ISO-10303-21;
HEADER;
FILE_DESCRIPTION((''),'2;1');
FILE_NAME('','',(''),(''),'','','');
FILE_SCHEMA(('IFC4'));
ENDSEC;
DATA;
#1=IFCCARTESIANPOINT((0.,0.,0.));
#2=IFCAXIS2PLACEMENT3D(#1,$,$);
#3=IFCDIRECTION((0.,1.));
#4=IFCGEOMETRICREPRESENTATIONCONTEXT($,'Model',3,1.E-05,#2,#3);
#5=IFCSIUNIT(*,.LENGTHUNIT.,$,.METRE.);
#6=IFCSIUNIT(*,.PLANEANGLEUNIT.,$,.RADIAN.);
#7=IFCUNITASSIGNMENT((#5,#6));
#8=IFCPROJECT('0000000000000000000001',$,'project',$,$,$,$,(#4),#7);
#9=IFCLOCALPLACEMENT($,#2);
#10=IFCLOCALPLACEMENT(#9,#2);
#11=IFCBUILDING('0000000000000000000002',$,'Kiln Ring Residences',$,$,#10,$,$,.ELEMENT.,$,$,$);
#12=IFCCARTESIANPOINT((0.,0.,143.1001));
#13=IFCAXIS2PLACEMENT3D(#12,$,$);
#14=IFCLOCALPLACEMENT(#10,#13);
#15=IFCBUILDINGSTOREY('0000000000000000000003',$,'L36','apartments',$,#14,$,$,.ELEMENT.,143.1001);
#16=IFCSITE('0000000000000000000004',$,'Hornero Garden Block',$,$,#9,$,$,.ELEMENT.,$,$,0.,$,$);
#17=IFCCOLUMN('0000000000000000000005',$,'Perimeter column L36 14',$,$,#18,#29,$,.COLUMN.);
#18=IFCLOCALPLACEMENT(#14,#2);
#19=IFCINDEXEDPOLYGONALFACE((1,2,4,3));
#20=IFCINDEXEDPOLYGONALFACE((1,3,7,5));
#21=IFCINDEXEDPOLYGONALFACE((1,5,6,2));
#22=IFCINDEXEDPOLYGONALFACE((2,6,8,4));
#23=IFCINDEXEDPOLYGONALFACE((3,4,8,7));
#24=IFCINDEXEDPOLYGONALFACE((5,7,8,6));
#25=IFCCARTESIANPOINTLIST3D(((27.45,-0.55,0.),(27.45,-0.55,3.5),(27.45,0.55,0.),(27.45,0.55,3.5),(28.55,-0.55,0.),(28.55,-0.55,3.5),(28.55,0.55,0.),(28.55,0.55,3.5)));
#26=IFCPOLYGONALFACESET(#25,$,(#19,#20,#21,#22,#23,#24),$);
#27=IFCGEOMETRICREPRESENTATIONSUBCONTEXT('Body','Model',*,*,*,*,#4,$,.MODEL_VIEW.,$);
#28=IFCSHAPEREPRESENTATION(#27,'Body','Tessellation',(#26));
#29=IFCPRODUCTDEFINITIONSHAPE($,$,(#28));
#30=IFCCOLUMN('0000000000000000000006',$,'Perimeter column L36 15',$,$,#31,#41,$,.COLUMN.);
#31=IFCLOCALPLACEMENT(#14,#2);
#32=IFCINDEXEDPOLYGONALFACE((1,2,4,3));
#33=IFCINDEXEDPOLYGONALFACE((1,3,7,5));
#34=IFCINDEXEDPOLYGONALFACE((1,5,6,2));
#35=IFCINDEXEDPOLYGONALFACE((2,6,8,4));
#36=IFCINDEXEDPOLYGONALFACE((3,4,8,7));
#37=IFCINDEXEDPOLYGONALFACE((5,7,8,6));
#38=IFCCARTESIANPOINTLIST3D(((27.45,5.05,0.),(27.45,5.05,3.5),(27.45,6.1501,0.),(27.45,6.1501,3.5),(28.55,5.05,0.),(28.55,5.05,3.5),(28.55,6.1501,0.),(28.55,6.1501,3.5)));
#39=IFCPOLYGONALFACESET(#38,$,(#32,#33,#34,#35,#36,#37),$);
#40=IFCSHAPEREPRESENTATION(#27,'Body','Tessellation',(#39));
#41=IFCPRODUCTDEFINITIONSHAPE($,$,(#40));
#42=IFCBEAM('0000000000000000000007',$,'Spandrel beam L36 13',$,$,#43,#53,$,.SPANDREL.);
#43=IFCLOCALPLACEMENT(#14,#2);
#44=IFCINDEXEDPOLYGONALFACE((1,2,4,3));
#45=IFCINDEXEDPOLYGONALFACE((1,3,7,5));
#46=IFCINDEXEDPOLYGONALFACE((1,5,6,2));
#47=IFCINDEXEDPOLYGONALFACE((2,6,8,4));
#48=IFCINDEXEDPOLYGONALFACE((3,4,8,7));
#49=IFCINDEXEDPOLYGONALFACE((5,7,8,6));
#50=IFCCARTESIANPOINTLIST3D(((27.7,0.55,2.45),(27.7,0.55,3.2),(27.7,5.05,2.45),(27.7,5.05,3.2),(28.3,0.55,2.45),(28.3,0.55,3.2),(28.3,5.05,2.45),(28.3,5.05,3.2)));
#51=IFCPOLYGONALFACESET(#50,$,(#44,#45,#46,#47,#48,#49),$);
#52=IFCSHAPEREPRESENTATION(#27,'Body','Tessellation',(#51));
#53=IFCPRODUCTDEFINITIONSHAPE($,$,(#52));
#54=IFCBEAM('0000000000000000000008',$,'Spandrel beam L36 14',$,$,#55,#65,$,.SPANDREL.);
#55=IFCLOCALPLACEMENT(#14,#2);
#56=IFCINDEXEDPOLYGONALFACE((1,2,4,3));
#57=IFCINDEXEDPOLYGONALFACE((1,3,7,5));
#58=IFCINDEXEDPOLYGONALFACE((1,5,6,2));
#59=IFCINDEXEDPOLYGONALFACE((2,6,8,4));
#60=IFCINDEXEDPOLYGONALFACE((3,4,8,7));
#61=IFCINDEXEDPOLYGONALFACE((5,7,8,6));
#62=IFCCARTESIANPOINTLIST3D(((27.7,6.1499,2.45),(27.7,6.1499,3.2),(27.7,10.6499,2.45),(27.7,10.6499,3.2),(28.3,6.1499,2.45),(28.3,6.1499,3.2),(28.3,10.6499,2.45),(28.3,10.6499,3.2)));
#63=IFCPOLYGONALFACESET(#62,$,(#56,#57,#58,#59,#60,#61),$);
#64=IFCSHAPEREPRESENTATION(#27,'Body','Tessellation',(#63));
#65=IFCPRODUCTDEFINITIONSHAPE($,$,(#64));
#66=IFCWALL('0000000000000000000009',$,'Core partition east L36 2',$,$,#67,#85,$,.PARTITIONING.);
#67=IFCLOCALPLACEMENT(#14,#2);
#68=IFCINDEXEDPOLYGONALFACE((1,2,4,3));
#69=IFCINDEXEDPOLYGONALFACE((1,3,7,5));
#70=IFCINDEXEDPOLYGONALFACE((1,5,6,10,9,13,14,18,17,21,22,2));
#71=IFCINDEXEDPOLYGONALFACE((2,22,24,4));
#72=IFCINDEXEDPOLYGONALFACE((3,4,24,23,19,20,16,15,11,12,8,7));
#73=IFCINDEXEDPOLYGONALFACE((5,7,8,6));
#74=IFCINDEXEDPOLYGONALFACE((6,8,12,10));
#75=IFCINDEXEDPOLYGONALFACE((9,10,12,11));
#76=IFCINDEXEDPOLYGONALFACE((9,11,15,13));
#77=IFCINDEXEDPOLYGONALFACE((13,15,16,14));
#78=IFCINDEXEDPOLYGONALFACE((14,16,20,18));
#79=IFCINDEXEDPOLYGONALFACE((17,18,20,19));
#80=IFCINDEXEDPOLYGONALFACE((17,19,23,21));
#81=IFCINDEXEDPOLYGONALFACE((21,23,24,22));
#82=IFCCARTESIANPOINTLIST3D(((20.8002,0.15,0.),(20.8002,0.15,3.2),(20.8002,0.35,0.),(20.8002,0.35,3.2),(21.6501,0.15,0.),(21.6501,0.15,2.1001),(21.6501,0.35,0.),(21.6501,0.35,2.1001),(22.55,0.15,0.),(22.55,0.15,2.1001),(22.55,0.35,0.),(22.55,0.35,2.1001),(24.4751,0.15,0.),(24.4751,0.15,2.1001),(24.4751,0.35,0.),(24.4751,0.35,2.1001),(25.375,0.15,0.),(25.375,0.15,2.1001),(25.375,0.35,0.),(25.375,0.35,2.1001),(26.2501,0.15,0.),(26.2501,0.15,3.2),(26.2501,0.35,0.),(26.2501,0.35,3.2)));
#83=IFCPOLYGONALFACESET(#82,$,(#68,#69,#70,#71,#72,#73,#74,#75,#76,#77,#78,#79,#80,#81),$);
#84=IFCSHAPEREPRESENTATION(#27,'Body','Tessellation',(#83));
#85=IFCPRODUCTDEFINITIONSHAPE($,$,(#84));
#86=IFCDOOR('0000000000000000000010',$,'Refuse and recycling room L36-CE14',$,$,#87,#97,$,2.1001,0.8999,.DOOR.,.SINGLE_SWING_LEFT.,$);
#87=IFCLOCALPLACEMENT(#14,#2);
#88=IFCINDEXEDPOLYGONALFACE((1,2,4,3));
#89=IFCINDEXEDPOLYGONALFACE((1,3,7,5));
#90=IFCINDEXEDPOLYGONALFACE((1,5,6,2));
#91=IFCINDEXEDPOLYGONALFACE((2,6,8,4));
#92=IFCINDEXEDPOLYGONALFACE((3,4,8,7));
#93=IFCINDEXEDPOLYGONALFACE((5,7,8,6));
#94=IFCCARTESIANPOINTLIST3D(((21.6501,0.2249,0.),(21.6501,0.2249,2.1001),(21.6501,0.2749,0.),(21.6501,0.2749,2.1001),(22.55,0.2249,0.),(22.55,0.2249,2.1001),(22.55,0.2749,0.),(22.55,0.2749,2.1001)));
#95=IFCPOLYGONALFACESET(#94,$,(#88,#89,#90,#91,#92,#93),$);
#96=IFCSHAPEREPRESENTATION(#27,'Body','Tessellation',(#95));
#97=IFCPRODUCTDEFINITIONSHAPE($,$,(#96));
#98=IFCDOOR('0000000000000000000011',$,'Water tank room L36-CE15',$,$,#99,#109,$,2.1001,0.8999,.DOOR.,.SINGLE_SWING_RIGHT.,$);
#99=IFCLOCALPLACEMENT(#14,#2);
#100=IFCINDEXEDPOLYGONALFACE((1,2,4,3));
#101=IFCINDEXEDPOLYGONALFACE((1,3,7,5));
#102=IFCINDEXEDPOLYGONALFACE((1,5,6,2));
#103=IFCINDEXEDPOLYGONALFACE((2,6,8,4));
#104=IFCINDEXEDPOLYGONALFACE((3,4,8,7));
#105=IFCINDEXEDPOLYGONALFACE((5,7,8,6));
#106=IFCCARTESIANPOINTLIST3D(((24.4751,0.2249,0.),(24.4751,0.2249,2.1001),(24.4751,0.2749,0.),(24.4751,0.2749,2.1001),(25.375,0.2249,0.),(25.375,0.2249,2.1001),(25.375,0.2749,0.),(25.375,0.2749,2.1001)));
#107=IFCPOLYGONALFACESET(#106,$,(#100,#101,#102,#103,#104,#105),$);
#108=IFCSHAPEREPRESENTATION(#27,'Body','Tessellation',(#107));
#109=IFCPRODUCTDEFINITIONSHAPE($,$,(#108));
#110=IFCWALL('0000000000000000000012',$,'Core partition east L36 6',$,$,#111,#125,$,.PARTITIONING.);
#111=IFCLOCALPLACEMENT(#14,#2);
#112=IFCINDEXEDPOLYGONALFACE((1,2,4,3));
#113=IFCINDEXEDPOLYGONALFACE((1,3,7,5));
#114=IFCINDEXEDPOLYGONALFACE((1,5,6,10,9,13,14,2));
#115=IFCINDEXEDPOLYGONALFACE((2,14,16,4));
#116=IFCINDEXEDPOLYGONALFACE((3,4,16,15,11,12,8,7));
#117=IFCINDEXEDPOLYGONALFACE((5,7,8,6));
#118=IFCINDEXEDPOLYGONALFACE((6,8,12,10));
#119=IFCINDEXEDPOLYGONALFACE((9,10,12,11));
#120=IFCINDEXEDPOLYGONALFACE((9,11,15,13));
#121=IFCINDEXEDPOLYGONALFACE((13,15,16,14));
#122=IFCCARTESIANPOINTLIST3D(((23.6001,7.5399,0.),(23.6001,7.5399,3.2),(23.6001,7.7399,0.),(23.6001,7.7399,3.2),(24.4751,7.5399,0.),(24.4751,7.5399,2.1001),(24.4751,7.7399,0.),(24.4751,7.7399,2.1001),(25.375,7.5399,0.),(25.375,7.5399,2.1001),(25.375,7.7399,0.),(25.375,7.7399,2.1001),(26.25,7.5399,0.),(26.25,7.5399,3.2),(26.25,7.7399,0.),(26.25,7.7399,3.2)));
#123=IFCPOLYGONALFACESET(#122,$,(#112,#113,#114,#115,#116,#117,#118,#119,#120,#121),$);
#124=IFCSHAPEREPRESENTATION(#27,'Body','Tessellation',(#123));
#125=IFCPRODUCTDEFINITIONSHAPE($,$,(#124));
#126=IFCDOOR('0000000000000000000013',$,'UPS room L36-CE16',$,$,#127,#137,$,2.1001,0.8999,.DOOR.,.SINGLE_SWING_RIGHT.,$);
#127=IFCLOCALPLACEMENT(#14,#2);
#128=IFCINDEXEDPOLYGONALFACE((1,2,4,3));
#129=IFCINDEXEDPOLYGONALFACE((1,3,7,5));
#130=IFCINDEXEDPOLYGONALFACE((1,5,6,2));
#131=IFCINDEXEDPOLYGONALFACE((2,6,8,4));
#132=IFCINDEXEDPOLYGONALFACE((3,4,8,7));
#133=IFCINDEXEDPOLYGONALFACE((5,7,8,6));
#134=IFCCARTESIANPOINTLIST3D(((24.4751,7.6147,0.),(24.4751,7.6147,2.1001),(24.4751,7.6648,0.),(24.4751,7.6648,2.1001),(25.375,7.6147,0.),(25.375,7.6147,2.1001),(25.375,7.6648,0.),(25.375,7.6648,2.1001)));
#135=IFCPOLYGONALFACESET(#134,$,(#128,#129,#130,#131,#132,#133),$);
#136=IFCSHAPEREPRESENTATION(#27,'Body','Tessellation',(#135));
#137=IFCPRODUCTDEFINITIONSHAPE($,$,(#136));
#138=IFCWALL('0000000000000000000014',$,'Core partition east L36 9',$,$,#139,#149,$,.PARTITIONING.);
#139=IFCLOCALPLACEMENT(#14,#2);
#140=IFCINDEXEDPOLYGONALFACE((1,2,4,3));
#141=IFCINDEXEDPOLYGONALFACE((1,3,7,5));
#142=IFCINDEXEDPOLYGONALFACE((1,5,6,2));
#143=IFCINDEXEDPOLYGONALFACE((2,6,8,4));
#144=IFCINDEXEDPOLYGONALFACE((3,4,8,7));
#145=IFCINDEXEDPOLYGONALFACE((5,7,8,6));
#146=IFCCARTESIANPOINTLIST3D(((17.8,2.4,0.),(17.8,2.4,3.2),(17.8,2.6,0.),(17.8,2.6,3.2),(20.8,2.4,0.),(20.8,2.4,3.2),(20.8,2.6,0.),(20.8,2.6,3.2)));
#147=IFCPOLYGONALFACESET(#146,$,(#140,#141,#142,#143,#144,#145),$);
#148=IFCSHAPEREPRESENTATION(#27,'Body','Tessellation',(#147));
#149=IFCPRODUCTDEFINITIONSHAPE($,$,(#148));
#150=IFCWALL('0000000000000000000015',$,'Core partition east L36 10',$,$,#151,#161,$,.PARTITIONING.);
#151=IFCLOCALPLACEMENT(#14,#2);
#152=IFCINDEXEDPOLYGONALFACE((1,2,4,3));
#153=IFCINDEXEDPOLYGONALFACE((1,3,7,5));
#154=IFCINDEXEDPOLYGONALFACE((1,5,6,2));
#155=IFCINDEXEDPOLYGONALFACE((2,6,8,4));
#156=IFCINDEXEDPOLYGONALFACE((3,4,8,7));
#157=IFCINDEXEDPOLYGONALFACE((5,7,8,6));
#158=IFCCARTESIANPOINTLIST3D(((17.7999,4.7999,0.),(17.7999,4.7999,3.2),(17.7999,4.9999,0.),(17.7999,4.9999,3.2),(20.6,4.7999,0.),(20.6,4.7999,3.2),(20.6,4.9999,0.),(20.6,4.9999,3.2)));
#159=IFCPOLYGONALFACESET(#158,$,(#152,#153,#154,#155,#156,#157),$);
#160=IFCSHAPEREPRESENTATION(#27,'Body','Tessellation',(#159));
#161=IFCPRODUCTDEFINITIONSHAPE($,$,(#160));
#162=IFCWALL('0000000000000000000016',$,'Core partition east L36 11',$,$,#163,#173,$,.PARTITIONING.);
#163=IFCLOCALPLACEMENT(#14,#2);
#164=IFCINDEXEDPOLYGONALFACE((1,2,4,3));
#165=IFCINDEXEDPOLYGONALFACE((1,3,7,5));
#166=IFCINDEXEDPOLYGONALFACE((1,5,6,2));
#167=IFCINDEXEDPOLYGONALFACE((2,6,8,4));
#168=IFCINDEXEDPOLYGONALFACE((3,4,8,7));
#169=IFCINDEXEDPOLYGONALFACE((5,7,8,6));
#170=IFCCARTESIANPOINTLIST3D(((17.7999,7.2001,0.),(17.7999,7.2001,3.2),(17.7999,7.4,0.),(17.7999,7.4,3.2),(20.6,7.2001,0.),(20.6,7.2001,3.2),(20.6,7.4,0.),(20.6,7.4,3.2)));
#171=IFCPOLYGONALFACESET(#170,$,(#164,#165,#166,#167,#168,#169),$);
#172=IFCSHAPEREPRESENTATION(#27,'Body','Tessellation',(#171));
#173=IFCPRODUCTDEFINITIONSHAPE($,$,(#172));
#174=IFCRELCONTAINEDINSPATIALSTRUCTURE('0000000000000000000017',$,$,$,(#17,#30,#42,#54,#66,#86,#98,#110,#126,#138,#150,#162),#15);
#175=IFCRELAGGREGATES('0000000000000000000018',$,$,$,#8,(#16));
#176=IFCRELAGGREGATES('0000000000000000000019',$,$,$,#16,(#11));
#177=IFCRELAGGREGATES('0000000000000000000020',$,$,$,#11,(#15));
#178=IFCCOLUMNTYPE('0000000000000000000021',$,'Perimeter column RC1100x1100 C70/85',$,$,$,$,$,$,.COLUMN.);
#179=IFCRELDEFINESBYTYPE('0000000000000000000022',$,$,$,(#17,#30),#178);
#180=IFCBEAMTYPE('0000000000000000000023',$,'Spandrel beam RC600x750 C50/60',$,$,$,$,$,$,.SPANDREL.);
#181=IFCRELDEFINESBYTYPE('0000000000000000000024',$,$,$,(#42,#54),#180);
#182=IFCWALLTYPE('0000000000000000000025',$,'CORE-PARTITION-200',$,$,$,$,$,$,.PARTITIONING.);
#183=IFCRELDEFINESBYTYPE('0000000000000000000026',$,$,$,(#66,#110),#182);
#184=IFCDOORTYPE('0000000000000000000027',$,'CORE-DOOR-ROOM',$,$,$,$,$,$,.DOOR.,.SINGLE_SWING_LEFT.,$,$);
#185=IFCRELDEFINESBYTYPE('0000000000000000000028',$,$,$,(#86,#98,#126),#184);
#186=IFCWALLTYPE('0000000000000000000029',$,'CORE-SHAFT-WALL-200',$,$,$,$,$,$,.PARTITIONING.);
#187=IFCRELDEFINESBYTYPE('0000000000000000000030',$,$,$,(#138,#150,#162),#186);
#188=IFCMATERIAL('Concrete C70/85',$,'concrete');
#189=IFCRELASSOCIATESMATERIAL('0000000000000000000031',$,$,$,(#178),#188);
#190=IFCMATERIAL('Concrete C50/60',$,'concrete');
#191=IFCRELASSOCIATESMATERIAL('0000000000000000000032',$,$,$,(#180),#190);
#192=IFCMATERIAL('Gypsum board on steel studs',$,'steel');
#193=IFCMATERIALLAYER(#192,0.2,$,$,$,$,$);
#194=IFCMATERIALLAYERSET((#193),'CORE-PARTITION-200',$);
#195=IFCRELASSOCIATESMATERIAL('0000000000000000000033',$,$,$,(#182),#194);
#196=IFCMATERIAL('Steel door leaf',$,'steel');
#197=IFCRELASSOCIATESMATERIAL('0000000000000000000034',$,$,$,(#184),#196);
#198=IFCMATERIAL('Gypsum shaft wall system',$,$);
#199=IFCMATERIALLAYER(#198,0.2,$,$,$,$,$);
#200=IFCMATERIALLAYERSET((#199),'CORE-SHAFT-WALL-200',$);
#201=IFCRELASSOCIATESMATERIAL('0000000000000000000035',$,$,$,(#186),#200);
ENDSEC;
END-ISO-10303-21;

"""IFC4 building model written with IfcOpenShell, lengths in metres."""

from ifc_helpers import new_model, si_unit, direction, frame, frame_2d, origin, origin_2d, place, context, subcontext, project, spatial, rectangle, extrude, material, layer, layer_set, material_profile, profile_set, type_object, element, fill, save


model = new_model("IFC4")

# Units and contexts
model_context = context("Model", 3, precision=1e-05, world=origin(), true_north=direction((0.0, 1.0)))
body_context = subcontext(model_context, "Body", "Model", "MODEL_VIEW")
ifc_project = project(units=[si_unit("LENGTHUNIT", "METRE"), si_unit("PLANEANGLEUNIT", "RADIAN")], contexts=[model_context])

# Site, building, storey
site_placement = place(None, origin())
site = spatial("IfcSite", under=ifc_project, at=site_placement, Name="Hornero Garden Block", CompositionType="ELEMENT", RefElevation=0.0)
building_placement = place(site_placement, origin())
building = spatial("IfcBuilding", under=site, at=building_placement, Name="Kiln Ring Residences", CompositionType="ELEMENT")
storey_placement = place(building_placement, frame((0.0, 0.0, 143.1001)))
storey = spatial("IfcBuildingStorey", under=building, at=storey_placement, Name="L36", Description="apartments", CompositionType="ELEMENT", Elevation=143.1001)

# Columns
ifc_material_1 = material(Name="Concrete C70/85", Category="concrete")
ifc_material_profile_1 = material_profile(ifc_material_1, rectangle(XDim=1.1001, YDim=1.1001, at=origin_2d()), Name="RC1100x1100")
ifc_profile_set_1 = profile_set([ifc_material_profile_1], Name="Concrete C70/85")
column_type = type_object("IfcColumnType", Name="Perimeter column RC1100x1100 C70/85", PredefinedType="COLUMN", material=ifc_profile_set_1)
for number, where, z_axis, x_axis, name in (
    (1, (28.0, 0.0, 0.0), (0.0, 0.0, 1.0), (1.0, 0.0, 0.0), "Perimeter column L36 14"),
    (2, (28.0, 5.6001, 0.0), (0.0, 0.0, 1.0), (1.0, 0.0, 0.0), "Perimeter column L36 15"),
):
    element("IfcColumn", number, at=place(storey_placement, frame(where, z_axis=z_axis, x_axis=x_axis)), inside=storey, type_object=column_type, Name=name, PredefinedType="COLUMN", context=body_context, shape_type="SweptSolid", body=[
        extrude(rectangle(XDim=1.1001, YDim=1.1001, at=origin_2d()), origin(), (0.0, 0.0, 1.0), 3.5),
    ])

# Beams
ifc_material_2 = material(Name="Concrete C50/60", Category="concrete")
ifc_material_profile_2 = material_profile(ifc_material_2, rectangle(XDim=0.6001, YDim=0.75, at=origin_2d()), Name="RC600x750")
ifc_profile_set_2 = profile_set([ifc_material_profile_2], Name="Concrete C50/60")
beam_type = type_object("IfcBeamType", Name="Spandrel beam RC600x750 C50/60", PredefinedType="SPANDREL", material=ifc_profile_set_2)
for number, where, z_axis, x_axis, name in (
    (3, (28.0, 0.55, 2.825), (0.0, 1.0, 0.0), (-1.0, 0.0, 0.0), "Spandrel beam L36 13"),
    (4, (28.0, 6.1499, 2.825), (0.0, 1.0, 0.0), (-1.0, 0.0, 0.0), "Spandrel beam L36 14"),
):
    element("IfcBeam", number, at=place(storey_placement, frame(where, z_axis=z_axis, x_axis=x_axis)), inside=storey, type_object=beam_type, Name=name, PredefinedType="SPANDREL", context=body_context, shape_type="SweptSolid", body=[
        extrude(rectangle(XDim=0.6001, YDim=0.75, at=origin_2d()), origin(), (0.0, 0.0, 1.0), 4.5),
    ])

# Wall, openings, doors
ifc_material_3 = material(Name="Gypsum board on steel studs", Category="steel")
ifc_layer_1 = layer(ifc_material_3, 0.2)
ifc_layer_set_1 = layer_set([ifc_layer_1], Name="CORE-PARTITION-200")
wall_type_1 = type_object("IfcWallType", Name="CORE-PARTITION-200", PredefinedType="PARTITIONING", material=ifc_layer_set_1)
wall_1_placement = place(storey_placement, frame((20.8, 0.25, 0.0), z_axis=(0.0, 0.0, 1.0), x_axis=(1.0, 0.0, 0.0)))
wall_1 = element("IfcWall", 5, at=wall_1_placement, inside=storey, type_object=wall_type_1, Name="Core partition east L36 2", PredefinedType="PARTITIONING", context=body_context, shape_type="SweptSolid", body=[
    extrude(rectangle(XDim=5.45, YDim=0.2, at=frame_2d((2.7251, 0.0))), origin(), (0.0, 0.0, 1.0), 3.2),
])
opening_1_placement = place(wall_1_placement, frame((0.8501, 0.0, 0.0)))
opening_1 = element("IfcOpeningElement", 6, at=opening_1_placement, cuts=wall_1, PredefinedType="OPENING", context=body_context, shape_type="SweptSolid", body=[
    extrude(rectangle(XDim=0.8999, YDim=2.1001, at=frame_2d((0.45, 1.05))), frame((0.0, 0.1099, 0.0), z_axis=(0.0, -1.0, 0.0), x_axis=(1.0, 0.0, 0.0)), (0.0, 0.0, 1.0), 0.22),
])
opening_2_placement = place(wall_1_placement, frame((3.675, 0.0, 0.0)))
opening_2 = element("IfcOpeningElement", 7, at=opening_2_placement, cuts=wall_1, PredefinedType="OPENING", context=body_context, shape_type="SweptSolid", body=[
    extrude(rectangle(XDim=0.8999, YDim=2.1001, at=frame_2d((0.45, 1.05))), frame((0.0, 0.1099, 0.0), z_axis=(0.0, -1.0, 0.0), x_axis=(1.0, 0.0, 0.0)), (0.0, 0.0, 1.0), 0.22),
])
ifc_material_4 = material(Name="Steel door leaf", Category="steel")
door_type = type_object("IfcDoorType", Name="CORE-DOOR-ROOM", OperationType="SINGLE_SWING_LEFT", PredefinedType="DOOR", material=ifc_material_4)
door_1_placement = place(opening_1_placement, origin())
door_1 = element("IfcDoor", 8, at=door_1_placement, inside=storey, type_object=door_type, Name="Refuse and recycling room L36-CE14", OperationType="SINGLE_SWING_LEFT", OverallHeight=2.1001, OverallWidth=0.8999, PredefinedType="DOOR", context=body_context, shape_type="SweptSolid", body=[
    extrude(rectangle(XDim=0.8999, YDim=2.1001, at=frame_2d((0.45, 1.05))), frame((0.0, 0.0249, 0.0), z_axis=(0.0, -1.0, 0.0), x_axis=(1.0, 0.0, 0.0)), (0.0, 0.0, 1.0), 0.05),
])
fill(opening_1, door_1)
door_2_placement = place(opening_2_placement, origin())
door_2 = element("IfcDoor", 9, at=door_2_placement, inside=storey, type_object=door_type, Name="Water tank room L36-CE15", OperationType="SINGLE_SWING_RIGHT", OverallHeight=2.1001, OverallWidth=0.8999, PredefinedType="DOOR", context=body_context, shape_type="SweptSolid", body=[
    extrude(rectangle(XDim=0.8999, YDim=2.1001, at=frame_2d((0.45, 1.05))), frame((0.0, 0.0249, 0.0), z_axis=(0.0, -1.0, 0.0), x_axis=(1.0, 0.0, 0.0)), (0.0, 0.0, 1.0), 0.05),
])
fill(opening_2, door_2)

# Wall, opening, door
wall_2_placement = place(storey_placement, frame((23.6001, 7.6399, 0.0), z_axis=(0.0, 0.0, 1.0), x_axis=(1.0, 0.0, 0.0)))
wall_2 = element("IfcWall", 10, at=wall_2_placement, inside=storey, type_object=wall_type_1, Name="Core partition east L36 6", PredefinedType="PARTITIONING", context=body_context, shape_type="SweptSolid", body=[
    extrude(rectangle(XDim=2.6499, YDim=0.2, at=frame_2d((1.325, 0.0))), origin(), (0.0, 0.0, 1.0), 3.2),
])
opening_3_placement = place(wall_2_placement, frame((0.875, 0.0, 0.0)))
opening_3 = element("IfcOpeningElement", 11, at=opening_3_placement, cuts=wall_2, PredefinedType="OPENING", context=body_context, shape_type="SweptSolid", body=[
    extrude(rectangle(XDim=0.8999, YDim=2.1001, at=frame_2d((0.45, 1.05))), frame((0.0, 0.1099, 0.0), z_axis=(0.0, -1.0, 0.0), x_axis=(1.0, 0.0, 0.0)), (0.0, 0.0, 1.0), 0.22),
])
door_3_placement = place(opening_3_placement, origin())
door_3 = element("IfcDoor", 12, at=door_3_placement, inside=storey, type_object=door_type, Name="UPS room L36-CE16", OperationType="SINGLE_SWING_RIGHT", OverallHeight=2.1001, OverallWidth=0.8999, PredefinedType="DOOR", context=body_context, shape_type="SweptSolid", body=[
    extrude(rectangle(XDim=0.8999, YDim=2.1001, at=frame_2d((0.45, 1.05))), frame((0.0, 0.0249, 0.0), z_axis=(0.0, -1.0, 0.0), x_axis=(1.0, 0.0, 0.0)), (0.0, 0.0, 1.0), 0.05),
])
fill(opening_3, door_3)

# Walls
ifc_material_5 = material(Name="Gypsum shaft wall system")
ifc_layer_2 = layer(ifc_material_5, 0.2)
ifc_layer_set_2 = layer_set([ifc_layer_2], Name="CORE-SHAFT-WALL-200")
wall_type_2 = type_object("IfcWallType", Name="CORE-SHAFT-WALL-200", PredefinedType="PARTITIONING", material=ifc_layer_set_2)
wall_3_placement = place(storey_placement, frame((17.8, 2.5, 0.0), z_axis=(0.0, 0.0, 1.0), x_axis=(1.0, 0.0, 0.0)))
element("IfcWall", 13, at=wall_3_placement, inside=storey, type_object=wall_type_2, Name="Core partition east L36 9", PredefinedType="PARTITIONING", context=body_context, shape_type="SweptSolid", body=[
    extrude(rectangle(XDim=3.0, YDim=0.2, at=frame_2d((1.5, 0.0))), origin(), (0.0, 0.0, 1.0), 3.2),
])
for number, where, z_axis, x_axis, name in (
    (14, (17.8, 4.8999, 0.0), (0.0, 0.0, 1.0), (1.0, 0.0, 0.0), "Core partition east L36 10"),
    (15, (17.8, 7.3, 0.0), (0.0, 0.0, 1.0), (1.0, 0.0, 0.0), "Core partition east L36 11"),
):
    element("IfcWall", number, at=place(storey_placement, frame(where, z_axis=z_axis, x_axis=x_axis)), inside=storey, type_object=wall_type_2, Name=name, PredefinedType="PARTITIONING", context=body_context, shape_type="SweptSolid", body=[
        extrude(rectangle(XDim=2.8, YDim=0.2, at=frame_2d((1.3999, 0.0))), origin(), (0.0, 0.0, 1.0), 3.2),
    ])

save(model, "model.ifc")
